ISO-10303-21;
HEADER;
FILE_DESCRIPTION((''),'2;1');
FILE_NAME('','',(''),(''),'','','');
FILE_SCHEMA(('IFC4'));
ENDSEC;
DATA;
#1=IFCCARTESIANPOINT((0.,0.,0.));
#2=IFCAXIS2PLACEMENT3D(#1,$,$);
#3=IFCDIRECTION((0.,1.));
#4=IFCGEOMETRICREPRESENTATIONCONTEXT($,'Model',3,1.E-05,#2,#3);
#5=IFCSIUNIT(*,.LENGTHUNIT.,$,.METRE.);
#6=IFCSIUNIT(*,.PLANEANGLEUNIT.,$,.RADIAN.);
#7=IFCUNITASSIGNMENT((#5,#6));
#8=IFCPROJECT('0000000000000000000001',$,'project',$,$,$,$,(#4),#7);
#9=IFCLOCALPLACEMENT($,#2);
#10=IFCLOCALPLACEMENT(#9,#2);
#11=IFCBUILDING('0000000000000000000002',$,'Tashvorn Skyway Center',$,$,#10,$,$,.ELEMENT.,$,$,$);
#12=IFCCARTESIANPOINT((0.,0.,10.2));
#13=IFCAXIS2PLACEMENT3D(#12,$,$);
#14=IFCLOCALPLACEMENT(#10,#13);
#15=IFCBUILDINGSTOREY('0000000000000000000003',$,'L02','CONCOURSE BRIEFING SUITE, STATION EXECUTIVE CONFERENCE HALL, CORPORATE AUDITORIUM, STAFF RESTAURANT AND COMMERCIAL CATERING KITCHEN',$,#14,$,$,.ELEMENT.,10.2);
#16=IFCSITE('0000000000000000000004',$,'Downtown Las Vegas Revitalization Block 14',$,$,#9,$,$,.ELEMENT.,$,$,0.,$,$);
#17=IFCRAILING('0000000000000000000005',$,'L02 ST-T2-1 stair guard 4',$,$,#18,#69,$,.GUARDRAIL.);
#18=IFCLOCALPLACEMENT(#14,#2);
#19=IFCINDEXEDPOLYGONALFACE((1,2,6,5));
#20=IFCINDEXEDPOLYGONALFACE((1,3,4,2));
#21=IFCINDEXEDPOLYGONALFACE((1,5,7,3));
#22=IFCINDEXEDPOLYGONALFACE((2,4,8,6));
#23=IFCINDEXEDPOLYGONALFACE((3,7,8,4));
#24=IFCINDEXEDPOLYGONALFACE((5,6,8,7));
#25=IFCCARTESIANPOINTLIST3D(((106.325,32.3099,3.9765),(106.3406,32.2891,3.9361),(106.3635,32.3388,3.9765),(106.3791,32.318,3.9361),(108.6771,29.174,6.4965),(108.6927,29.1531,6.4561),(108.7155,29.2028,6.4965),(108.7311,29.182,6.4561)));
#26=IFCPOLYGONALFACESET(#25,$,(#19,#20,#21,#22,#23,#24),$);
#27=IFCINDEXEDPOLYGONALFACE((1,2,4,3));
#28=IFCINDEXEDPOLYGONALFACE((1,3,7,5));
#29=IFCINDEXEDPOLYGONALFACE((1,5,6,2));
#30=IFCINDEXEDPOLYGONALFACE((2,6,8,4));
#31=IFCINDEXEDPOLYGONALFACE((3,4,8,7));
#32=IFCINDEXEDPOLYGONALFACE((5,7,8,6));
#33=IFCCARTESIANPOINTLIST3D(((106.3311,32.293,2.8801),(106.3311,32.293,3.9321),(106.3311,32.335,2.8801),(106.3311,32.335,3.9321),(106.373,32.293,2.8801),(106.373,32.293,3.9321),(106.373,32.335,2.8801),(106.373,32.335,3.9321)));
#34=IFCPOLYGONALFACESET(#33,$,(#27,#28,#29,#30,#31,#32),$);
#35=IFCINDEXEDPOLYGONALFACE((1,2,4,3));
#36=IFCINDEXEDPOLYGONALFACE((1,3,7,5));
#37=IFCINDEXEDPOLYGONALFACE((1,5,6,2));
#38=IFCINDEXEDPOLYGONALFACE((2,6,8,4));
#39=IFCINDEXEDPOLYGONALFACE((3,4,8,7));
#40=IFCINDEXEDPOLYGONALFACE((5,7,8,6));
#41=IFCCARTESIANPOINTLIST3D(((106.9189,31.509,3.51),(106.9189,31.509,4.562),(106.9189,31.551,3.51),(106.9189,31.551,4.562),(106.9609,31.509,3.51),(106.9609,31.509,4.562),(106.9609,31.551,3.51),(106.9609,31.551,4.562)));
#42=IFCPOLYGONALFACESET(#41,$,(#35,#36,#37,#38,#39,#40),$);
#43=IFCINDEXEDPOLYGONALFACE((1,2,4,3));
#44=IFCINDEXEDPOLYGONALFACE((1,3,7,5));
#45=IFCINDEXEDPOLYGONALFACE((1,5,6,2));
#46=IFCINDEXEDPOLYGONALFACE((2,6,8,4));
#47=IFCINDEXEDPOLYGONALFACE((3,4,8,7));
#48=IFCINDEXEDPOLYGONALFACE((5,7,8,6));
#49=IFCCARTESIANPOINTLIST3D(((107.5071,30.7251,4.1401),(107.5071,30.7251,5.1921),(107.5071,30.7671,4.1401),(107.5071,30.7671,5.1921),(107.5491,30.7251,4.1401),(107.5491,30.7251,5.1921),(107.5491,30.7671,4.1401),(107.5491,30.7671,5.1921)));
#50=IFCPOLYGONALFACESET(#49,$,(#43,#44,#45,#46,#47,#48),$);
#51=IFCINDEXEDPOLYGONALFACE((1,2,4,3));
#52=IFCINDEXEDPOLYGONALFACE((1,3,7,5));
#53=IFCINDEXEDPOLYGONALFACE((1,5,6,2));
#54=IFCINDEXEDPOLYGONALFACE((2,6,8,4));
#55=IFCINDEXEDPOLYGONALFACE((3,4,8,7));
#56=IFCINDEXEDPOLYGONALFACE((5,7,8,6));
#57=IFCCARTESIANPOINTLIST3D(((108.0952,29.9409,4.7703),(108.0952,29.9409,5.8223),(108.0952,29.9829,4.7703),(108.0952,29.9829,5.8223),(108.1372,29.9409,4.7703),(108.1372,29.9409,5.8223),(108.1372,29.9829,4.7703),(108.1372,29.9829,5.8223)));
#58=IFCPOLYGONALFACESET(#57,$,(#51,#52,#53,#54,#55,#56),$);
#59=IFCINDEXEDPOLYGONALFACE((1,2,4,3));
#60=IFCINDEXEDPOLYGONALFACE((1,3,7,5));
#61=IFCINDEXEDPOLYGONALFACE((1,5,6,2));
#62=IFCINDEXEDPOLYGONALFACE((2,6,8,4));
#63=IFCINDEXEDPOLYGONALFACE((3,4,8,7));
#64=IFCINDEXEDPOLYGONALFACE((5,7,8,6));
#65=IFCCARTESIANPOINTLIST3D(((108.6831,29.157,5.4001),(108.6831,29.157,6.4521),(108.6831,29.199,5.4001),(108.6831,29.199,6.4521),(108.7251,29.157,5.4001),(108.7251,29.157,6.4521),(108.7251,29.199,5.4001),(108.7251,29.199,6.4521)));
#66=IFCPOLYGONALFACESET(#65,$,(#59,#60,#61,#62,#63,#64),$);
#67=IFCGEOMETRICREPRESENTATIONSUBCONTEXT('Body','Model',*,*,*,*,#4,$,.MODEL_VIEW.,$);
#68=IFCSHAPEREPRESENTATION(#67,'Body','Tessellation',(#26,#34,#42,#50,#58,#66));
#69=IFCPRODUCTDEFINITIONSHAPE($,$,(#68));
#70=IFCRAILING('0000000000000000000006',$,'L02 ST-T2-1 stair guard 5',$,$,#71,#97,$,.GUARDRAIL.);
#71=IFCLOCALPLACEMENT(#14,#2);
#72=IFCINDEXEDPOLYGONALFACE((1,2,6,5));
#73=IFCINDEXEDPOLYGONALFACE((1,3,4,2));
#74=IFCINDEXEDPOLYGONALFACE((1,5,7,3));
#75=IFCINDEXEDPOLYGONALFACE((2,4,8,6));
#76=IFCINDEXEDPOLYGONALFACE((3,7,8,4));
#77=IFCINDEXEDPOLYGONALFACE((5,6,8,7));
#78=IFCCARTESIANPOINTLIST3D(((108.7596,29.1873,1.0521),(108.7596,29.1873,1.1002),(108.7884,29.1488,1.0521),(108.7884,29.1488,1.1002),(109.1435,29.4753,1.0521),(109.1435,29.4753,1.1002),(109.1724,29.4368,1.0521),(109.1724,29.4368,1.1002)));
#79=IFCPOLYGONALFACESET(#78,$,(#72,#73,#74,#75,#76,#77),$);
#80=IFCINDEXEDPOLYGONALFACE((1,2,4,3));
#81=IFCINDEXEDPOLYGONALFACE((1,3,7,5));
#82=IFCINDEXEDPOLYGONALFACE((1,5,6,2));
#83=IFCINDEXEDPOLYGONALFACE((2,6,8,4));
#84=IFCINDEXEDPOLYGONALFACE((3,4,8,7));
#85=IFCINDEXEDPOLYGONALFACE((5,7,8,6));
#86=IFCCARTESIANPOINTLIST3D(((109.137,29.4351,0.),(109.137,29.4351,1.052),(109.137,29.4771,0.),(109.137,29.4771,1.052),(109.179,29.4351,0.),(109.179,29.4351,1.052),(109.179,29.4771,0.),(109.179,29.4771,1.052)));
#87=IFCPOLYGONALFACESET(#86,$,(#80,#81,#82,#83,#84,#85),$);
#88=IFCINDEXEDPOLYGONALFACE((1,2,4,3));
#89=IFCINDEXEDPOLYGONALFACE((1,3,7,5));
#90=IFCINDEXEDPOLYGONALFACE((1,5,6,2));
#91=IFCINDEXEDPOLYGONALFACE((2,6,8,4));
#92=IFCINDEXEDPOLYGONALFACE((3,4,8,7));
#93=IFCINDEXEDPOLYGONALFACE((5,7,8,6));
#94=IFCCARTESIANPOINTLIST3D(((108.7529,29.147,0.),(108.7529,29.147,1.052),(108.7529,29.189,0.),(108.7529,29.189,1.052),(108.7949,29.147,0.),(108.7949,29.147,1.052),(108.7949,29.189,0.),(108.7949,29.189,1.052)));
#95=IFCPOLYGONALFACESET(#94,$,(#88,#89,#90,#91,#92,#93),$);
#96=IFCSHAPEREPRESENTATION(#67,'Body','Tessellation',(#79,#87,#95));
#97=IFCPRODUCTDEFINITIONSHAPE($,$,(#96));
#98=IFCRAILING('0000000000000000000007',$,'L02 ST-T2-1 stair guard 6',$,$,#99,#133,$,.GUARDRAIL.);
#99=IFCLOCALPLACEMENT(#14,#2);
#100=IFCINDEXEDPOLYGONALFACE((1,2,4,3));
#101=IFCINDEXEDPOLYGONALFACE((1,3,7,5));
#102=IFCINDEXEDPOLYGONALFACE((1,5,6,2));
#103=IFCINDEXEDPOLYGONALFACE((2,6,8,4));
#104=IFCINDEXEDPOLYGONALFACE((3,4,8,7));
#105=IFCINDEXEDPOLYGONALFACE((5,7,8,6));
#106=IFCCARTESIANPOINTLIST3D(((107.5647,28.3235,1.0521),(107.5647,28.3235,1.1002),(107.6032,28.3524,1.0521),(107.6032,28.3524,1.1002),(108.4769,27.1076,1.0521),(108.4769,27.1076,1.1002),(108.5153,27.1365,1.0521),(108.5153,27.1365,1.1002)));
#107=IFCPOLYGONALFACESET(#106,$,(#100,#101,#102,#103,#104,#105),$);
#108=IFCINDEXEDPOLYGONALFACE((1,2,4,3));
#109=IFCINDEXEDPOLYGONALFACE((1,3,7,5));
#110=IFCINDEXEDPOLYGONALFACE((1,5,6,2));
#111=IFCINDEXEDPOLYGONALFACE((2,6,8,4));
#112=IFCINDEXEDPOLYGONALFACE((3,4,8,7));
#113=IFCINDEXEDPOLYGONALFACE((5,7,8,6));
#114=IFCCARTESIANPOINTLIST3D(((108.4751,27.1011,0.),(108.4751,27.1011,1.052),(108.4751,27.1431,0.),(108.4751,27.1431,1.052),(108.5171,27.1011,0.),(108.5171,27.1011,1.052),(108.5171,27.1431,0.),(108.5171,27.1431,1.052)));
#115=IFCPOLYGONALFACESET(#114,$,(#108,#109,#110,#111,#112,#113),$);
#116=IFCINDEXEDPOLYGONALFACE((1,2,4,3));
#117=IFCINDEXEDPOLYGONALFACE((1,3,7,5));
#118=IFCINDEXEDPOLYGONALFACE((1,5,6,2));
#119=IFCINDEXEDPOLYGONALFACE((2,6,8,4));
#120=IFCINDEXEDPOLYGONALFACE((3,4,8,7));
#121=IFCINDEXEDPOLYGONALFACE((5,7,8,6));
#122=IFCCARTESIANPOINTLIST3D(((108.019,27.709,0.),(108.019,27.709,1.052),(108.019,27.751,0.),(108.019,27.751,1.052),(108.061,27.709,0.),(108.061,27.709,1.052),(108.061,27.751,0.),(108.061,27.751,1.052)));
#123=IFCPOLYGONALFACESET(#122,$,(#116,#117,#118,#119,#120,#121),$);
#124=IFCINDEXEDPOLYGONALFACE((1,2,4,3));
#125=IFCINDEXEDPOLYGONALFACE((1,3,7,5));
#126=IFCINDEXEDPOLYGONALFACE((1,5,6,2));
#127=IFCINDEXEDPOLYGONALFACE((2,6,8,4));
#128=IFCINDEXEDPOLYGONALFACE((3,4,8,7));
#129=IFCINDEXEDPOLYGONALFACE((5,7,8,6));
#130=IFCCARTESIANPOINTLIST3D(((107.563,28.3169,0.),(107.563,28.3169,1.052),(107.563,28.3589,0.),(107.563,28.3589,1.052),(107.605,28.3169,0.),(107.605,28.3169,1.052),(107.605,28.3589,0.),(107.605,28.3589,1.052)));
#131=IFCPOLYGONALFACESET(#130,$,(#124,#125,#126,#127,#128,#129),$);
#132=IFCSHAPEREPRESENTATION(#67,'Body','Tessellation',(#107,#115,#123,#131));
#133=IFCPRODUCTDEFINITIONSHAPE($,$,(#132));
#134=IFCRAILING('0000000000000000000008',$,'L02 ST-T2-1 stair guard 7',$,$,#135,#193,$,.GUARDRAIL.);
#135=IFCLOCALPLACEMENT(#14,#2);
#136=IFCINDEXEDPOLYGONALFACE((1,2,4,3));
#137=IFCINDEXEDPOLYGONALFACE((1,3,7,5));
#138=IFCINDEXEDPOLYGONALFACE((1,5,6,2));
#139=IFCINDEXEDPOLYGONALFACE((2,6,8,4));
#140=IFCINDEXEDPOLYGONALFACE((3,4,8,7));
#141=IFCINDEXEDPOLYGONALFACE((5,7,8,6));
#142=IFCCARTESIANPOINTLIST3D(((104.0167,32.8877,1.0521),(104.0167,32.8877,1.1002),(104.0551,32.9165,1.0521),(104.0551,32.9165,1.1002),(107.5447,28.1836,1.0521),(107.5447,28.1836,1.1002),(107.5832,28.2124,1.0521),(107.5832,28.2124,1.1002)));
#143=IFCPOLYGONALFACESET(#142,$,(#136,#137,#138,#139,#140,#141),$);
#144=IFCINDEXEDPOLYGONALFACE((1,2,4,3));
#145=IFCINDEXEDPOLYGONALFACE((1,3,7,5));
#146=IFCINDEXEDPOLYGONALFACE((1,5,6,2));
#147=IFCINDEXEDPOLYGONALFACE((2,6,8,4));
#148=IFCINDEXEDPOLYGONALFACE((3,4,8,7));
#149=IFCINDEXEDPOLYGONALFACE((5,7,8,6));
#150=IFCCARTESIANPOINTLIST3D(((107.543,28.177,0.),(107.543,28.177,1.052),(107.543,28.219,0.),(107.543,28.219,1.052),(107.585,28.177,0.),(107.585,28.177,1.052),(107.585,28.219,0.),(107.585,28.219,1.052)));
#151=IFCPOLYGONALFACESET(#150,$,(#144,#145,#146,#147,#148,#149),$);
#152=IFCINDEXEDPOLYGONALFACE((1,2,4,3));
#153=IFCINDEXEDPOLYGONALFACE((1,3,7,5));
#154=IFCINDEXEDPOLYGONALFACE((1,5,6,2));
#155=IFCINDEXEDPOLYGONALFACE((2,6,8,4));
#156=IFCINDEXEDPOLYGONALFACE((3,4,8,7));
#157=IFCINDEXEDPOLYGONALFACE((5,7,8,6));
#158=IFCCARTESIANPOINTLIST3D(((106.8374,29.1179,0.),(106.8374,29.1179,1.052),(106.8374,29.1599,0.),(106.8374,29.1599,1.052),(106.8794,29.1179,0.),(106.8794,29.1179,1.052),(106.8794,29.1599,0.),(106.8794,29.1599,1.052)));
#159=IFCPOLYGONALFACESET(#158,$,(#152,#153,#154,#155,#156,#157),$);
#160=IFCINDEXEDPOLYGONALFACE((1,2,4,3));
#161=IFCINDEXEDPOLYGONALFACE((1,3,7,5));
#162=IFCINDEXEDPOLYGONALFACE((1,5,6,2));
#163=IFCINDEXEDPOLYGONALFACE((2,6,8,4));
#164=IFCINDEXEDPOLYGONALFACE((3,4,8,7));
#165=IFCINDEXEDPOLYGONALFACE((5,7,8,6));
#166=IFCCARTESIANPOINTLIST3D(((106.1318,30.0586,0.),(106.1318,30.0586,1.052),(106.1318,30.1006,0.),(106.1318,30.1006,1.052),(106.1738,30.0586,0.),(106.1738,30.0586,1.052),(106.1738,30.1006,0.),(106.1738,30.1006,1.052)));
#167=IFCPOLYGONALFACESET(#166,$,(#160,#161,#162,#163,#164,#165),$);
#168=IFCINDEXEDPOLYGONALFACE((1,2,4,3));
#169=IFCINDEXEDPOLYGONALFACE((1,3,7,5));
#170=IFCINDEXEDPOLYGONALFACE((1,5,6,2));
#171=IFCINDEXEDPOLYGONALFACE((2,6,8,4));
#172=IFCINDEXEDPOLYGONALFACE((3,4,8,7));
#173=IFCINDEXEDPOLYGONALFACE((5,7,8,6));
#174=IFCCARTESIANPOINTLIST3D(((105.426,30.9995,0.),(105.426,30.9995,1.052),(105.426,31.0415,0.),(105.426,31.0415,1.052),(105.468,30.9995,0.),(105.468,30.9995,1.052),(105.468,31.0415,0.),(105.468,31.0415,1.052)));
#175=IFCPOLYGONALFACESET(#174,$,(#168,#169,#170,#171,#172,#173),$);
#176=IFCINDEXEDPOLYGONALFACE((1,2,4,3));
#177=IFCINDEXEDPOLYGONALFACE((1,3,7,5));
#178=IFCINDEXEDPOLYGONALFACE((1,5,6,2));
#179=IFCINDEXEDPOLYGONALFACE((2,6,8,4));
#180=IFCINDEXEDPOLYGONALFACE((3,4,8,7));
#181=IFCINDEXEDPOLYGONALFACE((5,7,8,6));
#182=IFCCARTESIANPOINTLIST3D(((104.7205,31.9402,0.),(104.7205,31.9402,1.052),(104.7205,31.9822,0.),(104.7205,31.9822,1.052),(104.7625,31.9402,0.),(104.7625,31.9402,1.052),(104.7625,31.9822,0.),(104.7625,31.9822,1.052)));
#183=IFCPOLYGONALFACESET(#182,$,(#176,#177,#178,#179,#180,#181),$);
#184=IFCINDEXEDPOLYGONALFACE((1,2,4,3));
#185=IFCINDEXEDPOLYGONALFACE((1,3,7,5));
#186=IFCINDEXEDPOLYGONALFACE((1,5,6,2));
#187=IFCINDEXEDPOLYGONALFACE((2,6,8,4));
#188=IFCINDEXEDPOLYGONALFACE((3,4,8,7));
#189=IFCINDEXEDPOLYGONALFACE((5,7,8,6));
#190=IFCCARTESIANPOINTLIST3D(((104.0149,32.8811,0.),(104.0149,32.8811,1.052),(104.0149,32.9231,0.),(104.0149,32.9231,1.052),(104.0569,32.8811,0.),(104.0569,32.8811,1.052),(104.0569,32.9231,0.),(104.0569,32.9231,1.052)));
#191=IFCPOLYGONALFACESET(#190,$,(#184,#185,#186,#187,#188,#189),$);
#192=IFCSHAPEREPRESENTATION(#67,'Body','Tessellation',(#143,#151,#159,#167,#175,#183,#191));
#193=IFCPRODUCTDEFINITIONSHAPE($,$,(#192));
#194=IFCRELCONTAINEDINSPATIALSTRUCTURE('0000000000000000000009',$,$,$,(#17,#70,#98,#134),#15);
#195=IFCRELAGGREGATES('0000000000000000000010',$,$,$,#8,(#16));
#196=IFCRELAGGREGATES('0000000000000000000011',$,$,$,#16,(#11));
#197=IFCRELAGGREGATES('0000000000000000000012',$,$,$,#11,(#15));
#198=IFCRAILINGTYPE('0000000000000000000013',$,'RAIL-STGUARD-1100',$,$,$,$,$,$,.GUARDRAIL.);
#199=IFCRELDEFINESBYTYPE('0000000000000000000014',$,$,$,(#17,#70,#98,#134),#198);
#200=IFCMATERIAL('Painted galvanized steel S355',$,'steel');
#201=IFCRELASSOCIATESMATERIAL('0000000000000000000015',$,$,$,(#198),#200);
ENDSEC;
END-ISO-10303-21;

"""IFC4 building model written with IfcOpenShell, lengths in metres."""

from ifc_helpers import new_model, si_unit, direction, frame, origin, origin_2d, place, context, subcontext, project, spatial, rectangle, extrude, material, type_object, element, save


model = new_model("IFC4")

# Units and contexts
model_context = context("Model", 3, precision=1e-05, world=origin(), true_north=direction((0.0, 1.0)))
body_context = subcontext(model_context, "Body", "Model", "MODEL_VIEW")
ifc_project = project(units=[si_unit("LENGTHUNIT", "METRE"), si_unit("PLANEANGLEUNIT", "RADIAN")], contexts=[model_context])

# Site, building, storey
site_placement = place(None, origin())
site = spatial("IfcSite", under=ifc_project, at=site_placement, Name="Downtown Las Vegas Revitalization Block 14", CompositionType="ELEMENT", RefElevation=0.0)
building_placement = place(site_placement, origin())
building = spatial("IfcBuilding", under=site, at=building_placement, Name="Tashvorn Skyway Center", CompositionType="ELEMENT")
storey_placement = place(building_placement, frame((0.0, 0.0, 10.2)))
storey = spatial("IfcBuildingStorey", under=building, at=storey_placement, Name="L02", Description="CONCOURSE BRIEFING SUITE, STATION EXECUTIVE CONFERENCE HALL, CORPORATE AUDITORIUM, STAFF RESTAURANT AND COMMERCIAL CATERING KITCHEN", CompositionType="ELEMENT", Elevation=10.2)

# Railings
ifc_material_1 = material(Name="Painted galvanized steel S355", Category="steel")
railing_type_1 = type_object("IfcRailingType", Name="RAIL-STGUARD-1100", PredefinedType="GUARDRAIL", material=ifc_material_1)
railing_1_placement = place(storey_placement, frame((106.3521, 32.314, 2.8801)))
element("IfcRailing", 1, at=railing_1_placement, inside=storey, type_object=railing_type_1, Name="L02 ST-T2-1 stair guard 4", PredefinedType="GUARDRAIL", context=body_context, shape_type="SweptSolid", body=[
    extrude(rectangle(XDim=0.0481, YDim=0.0481, at=origin_2d()), frame((0.0, 0.0, 1.0762), z_axis=(0.504715, -0.672936, 0.540759), x_axis=(0.799993, 0.60001, 0.0)), (0.0, 0.0, 1.0), 4.6602),
    extrude(rectangle(XDim=0.042, YDim=0.042, at=origin_2d()), origin(), (0.0, 0.0, 1.0), 1.052),
    extrude(rectangle(XDim=0.042, YDim=0.042, at=origin_2d()), frame((0.5879, -0.7839, 0.6299)), (0.0, 0.0, 1.0), 1.052),
    extrude(rectangle(XDim=0.042, YDim=0.042, at=origin_2d()), frame((1.176, -1.5679, 1.26)), (0.0, 0.0, 1.0), 1.052),
    extrude(rectangle(XDim=0.042, YDim=0.042, at=origin_2d()), frame((1.7642, -2.3521, 1.8901)), (0.0, 0.0, 1.0), 1.052),
    extrude(rectangle(XDim=0.042, YDim=0.042, at=origin_2d()), frame((2.3521, -3.136, 2.52)), (0.0, 0.0, 1.0), 1.052),
])
railing_2_placement = place(storey_placement, frame((109.158, 29.4561, 0.0)))
element("IfcRailing", 2, at=railing_2_placement, inside=storey, type_object=railing_type_1, Name="L02 ST-T2-1 stair guard 5", PredefinedType="GUARDRAIL", context=body_context, shape_type="SweptSolid", body=[
    extrude(rectangle(XDim=0.0481, YDim=0.0481, at=origin_2d()), frame((0.0, 0.0, 1.0762), z_axis=(-0.799939, -0.600081, 0.0), x_axis=(0.600081, -0.799939, 0.0)), (0.0, 0.0, 1.0), 0.48),
    extrude(rectangle(XDim=0.042, YDim=0.042, at=origin_2d()), origin(), (0.0, 0.0, 1.0), 1.052),
    extrude(rectangle(XDim=0.042, YDim=0.042, at=origin_2d()), frame((-0.384, -0.2881, 0.0)), (0.0, 0.0, 1.0), 1.052),
])
railing_3_placement = place(storey_placement, frame((108.4961, 27.1221, 0.0)))
element("IfcRailing", 3, at=railing_3_placement, inside=storey, type_object=railing_type_1, Name="L02 ST-T2-1 stair guard 6", PredefinedType="GUARDRAIL", context=body_context, shape_type="SweptSolid", body=[
    extrude(rectangle(XDim=0.0481, YDim=0.0481, at=origin_2d()), frame((0.0, 0.0, 1.0762), z_axis=(-0.600103, 0.799923, 0.0), x_axis=(-0.799923, -0.600103, 0.0)), (0.0, 0.0, 1.0), 1.52),
    extrude(rectangle(XDim=0.042, YDim=0.042, at=origin_2d()), origin(), (0.0, 0.0, 1.0), 1.052),
    extrude(rectangle(XDim=0.042, YDim=0.042, at=origin_2d()), frame((-0.4561, 0.6079, 0.0)), (0.0, 0.0, 1.0), 1.052),
    extrude(rectangle(XDim=0.042, YDim=0.042, at=origin_2d()), frame((-0.9121, 1.2158, 0.0)), (0.0, 0.0, 1.0), 1.052),
])
railing_4_placement = place(storey_placement, frame((107.564, 28.198, 0.0)))
element("IfcRailing", 4, at=railing_4_placement, inside=storey, type_object=railing_type_1, Name="L02 ST-T2-1 stair guard 7", PredefinedType="GUARDRAIL", context=body_context, shape_type="SweptSolid", body=[
    extrude(rectangle(XDim=0.0481, YDim=0.0481, at=origin_2d()), frame((0.0, 0.0, 1.0762), z_axis=(-0.6, 0.8, 0.0), x_axis=(-0.8, -0.6, 0.0)), (0.0, 0.0, 1.0), 5.8801),
    extrude(rectangle(XDim=0.042, YDim=0.042, at=origin_2d()), origin(), (0.0, 0.0, 1.0), 1.052),
    extrude(rectangle(XDim=0.042, YDim=0.042, at=origin_2d()), frame((-0.7056, 0.9409, 0.0)), (0.0, 0.0, 1.0), 1.052),
    extrude(rectangle(XDim=0.042, YDim=0.042, at=origin_2d()), frame((-1.4111, 1.8816, 0.0)), (0.0, 0.0, 1.0), 1.052),
    extrude(rectangle(XDim=0.042, YDim=0.042, at=origin_2d()), frame((-2.1169, 2.8225, 0.0)), (0.0, 0.0, 1.0), 1.052),
    extrude(rectangle(XDim=0.042, YDim=0.042, at=origin_2d()), frame((-2.8225, 3.7632, 0.0)), (0.0, 0.0, 1.0), 1.052),
    extrude(rectangle(XDim=0.042, YDim=0.042, at=origin_2d()), frame((-3.5281, 4.7041, 0.0)), (0.0, 0.0, 1.0), 1.052),
])

save(model, "model.ifc")
